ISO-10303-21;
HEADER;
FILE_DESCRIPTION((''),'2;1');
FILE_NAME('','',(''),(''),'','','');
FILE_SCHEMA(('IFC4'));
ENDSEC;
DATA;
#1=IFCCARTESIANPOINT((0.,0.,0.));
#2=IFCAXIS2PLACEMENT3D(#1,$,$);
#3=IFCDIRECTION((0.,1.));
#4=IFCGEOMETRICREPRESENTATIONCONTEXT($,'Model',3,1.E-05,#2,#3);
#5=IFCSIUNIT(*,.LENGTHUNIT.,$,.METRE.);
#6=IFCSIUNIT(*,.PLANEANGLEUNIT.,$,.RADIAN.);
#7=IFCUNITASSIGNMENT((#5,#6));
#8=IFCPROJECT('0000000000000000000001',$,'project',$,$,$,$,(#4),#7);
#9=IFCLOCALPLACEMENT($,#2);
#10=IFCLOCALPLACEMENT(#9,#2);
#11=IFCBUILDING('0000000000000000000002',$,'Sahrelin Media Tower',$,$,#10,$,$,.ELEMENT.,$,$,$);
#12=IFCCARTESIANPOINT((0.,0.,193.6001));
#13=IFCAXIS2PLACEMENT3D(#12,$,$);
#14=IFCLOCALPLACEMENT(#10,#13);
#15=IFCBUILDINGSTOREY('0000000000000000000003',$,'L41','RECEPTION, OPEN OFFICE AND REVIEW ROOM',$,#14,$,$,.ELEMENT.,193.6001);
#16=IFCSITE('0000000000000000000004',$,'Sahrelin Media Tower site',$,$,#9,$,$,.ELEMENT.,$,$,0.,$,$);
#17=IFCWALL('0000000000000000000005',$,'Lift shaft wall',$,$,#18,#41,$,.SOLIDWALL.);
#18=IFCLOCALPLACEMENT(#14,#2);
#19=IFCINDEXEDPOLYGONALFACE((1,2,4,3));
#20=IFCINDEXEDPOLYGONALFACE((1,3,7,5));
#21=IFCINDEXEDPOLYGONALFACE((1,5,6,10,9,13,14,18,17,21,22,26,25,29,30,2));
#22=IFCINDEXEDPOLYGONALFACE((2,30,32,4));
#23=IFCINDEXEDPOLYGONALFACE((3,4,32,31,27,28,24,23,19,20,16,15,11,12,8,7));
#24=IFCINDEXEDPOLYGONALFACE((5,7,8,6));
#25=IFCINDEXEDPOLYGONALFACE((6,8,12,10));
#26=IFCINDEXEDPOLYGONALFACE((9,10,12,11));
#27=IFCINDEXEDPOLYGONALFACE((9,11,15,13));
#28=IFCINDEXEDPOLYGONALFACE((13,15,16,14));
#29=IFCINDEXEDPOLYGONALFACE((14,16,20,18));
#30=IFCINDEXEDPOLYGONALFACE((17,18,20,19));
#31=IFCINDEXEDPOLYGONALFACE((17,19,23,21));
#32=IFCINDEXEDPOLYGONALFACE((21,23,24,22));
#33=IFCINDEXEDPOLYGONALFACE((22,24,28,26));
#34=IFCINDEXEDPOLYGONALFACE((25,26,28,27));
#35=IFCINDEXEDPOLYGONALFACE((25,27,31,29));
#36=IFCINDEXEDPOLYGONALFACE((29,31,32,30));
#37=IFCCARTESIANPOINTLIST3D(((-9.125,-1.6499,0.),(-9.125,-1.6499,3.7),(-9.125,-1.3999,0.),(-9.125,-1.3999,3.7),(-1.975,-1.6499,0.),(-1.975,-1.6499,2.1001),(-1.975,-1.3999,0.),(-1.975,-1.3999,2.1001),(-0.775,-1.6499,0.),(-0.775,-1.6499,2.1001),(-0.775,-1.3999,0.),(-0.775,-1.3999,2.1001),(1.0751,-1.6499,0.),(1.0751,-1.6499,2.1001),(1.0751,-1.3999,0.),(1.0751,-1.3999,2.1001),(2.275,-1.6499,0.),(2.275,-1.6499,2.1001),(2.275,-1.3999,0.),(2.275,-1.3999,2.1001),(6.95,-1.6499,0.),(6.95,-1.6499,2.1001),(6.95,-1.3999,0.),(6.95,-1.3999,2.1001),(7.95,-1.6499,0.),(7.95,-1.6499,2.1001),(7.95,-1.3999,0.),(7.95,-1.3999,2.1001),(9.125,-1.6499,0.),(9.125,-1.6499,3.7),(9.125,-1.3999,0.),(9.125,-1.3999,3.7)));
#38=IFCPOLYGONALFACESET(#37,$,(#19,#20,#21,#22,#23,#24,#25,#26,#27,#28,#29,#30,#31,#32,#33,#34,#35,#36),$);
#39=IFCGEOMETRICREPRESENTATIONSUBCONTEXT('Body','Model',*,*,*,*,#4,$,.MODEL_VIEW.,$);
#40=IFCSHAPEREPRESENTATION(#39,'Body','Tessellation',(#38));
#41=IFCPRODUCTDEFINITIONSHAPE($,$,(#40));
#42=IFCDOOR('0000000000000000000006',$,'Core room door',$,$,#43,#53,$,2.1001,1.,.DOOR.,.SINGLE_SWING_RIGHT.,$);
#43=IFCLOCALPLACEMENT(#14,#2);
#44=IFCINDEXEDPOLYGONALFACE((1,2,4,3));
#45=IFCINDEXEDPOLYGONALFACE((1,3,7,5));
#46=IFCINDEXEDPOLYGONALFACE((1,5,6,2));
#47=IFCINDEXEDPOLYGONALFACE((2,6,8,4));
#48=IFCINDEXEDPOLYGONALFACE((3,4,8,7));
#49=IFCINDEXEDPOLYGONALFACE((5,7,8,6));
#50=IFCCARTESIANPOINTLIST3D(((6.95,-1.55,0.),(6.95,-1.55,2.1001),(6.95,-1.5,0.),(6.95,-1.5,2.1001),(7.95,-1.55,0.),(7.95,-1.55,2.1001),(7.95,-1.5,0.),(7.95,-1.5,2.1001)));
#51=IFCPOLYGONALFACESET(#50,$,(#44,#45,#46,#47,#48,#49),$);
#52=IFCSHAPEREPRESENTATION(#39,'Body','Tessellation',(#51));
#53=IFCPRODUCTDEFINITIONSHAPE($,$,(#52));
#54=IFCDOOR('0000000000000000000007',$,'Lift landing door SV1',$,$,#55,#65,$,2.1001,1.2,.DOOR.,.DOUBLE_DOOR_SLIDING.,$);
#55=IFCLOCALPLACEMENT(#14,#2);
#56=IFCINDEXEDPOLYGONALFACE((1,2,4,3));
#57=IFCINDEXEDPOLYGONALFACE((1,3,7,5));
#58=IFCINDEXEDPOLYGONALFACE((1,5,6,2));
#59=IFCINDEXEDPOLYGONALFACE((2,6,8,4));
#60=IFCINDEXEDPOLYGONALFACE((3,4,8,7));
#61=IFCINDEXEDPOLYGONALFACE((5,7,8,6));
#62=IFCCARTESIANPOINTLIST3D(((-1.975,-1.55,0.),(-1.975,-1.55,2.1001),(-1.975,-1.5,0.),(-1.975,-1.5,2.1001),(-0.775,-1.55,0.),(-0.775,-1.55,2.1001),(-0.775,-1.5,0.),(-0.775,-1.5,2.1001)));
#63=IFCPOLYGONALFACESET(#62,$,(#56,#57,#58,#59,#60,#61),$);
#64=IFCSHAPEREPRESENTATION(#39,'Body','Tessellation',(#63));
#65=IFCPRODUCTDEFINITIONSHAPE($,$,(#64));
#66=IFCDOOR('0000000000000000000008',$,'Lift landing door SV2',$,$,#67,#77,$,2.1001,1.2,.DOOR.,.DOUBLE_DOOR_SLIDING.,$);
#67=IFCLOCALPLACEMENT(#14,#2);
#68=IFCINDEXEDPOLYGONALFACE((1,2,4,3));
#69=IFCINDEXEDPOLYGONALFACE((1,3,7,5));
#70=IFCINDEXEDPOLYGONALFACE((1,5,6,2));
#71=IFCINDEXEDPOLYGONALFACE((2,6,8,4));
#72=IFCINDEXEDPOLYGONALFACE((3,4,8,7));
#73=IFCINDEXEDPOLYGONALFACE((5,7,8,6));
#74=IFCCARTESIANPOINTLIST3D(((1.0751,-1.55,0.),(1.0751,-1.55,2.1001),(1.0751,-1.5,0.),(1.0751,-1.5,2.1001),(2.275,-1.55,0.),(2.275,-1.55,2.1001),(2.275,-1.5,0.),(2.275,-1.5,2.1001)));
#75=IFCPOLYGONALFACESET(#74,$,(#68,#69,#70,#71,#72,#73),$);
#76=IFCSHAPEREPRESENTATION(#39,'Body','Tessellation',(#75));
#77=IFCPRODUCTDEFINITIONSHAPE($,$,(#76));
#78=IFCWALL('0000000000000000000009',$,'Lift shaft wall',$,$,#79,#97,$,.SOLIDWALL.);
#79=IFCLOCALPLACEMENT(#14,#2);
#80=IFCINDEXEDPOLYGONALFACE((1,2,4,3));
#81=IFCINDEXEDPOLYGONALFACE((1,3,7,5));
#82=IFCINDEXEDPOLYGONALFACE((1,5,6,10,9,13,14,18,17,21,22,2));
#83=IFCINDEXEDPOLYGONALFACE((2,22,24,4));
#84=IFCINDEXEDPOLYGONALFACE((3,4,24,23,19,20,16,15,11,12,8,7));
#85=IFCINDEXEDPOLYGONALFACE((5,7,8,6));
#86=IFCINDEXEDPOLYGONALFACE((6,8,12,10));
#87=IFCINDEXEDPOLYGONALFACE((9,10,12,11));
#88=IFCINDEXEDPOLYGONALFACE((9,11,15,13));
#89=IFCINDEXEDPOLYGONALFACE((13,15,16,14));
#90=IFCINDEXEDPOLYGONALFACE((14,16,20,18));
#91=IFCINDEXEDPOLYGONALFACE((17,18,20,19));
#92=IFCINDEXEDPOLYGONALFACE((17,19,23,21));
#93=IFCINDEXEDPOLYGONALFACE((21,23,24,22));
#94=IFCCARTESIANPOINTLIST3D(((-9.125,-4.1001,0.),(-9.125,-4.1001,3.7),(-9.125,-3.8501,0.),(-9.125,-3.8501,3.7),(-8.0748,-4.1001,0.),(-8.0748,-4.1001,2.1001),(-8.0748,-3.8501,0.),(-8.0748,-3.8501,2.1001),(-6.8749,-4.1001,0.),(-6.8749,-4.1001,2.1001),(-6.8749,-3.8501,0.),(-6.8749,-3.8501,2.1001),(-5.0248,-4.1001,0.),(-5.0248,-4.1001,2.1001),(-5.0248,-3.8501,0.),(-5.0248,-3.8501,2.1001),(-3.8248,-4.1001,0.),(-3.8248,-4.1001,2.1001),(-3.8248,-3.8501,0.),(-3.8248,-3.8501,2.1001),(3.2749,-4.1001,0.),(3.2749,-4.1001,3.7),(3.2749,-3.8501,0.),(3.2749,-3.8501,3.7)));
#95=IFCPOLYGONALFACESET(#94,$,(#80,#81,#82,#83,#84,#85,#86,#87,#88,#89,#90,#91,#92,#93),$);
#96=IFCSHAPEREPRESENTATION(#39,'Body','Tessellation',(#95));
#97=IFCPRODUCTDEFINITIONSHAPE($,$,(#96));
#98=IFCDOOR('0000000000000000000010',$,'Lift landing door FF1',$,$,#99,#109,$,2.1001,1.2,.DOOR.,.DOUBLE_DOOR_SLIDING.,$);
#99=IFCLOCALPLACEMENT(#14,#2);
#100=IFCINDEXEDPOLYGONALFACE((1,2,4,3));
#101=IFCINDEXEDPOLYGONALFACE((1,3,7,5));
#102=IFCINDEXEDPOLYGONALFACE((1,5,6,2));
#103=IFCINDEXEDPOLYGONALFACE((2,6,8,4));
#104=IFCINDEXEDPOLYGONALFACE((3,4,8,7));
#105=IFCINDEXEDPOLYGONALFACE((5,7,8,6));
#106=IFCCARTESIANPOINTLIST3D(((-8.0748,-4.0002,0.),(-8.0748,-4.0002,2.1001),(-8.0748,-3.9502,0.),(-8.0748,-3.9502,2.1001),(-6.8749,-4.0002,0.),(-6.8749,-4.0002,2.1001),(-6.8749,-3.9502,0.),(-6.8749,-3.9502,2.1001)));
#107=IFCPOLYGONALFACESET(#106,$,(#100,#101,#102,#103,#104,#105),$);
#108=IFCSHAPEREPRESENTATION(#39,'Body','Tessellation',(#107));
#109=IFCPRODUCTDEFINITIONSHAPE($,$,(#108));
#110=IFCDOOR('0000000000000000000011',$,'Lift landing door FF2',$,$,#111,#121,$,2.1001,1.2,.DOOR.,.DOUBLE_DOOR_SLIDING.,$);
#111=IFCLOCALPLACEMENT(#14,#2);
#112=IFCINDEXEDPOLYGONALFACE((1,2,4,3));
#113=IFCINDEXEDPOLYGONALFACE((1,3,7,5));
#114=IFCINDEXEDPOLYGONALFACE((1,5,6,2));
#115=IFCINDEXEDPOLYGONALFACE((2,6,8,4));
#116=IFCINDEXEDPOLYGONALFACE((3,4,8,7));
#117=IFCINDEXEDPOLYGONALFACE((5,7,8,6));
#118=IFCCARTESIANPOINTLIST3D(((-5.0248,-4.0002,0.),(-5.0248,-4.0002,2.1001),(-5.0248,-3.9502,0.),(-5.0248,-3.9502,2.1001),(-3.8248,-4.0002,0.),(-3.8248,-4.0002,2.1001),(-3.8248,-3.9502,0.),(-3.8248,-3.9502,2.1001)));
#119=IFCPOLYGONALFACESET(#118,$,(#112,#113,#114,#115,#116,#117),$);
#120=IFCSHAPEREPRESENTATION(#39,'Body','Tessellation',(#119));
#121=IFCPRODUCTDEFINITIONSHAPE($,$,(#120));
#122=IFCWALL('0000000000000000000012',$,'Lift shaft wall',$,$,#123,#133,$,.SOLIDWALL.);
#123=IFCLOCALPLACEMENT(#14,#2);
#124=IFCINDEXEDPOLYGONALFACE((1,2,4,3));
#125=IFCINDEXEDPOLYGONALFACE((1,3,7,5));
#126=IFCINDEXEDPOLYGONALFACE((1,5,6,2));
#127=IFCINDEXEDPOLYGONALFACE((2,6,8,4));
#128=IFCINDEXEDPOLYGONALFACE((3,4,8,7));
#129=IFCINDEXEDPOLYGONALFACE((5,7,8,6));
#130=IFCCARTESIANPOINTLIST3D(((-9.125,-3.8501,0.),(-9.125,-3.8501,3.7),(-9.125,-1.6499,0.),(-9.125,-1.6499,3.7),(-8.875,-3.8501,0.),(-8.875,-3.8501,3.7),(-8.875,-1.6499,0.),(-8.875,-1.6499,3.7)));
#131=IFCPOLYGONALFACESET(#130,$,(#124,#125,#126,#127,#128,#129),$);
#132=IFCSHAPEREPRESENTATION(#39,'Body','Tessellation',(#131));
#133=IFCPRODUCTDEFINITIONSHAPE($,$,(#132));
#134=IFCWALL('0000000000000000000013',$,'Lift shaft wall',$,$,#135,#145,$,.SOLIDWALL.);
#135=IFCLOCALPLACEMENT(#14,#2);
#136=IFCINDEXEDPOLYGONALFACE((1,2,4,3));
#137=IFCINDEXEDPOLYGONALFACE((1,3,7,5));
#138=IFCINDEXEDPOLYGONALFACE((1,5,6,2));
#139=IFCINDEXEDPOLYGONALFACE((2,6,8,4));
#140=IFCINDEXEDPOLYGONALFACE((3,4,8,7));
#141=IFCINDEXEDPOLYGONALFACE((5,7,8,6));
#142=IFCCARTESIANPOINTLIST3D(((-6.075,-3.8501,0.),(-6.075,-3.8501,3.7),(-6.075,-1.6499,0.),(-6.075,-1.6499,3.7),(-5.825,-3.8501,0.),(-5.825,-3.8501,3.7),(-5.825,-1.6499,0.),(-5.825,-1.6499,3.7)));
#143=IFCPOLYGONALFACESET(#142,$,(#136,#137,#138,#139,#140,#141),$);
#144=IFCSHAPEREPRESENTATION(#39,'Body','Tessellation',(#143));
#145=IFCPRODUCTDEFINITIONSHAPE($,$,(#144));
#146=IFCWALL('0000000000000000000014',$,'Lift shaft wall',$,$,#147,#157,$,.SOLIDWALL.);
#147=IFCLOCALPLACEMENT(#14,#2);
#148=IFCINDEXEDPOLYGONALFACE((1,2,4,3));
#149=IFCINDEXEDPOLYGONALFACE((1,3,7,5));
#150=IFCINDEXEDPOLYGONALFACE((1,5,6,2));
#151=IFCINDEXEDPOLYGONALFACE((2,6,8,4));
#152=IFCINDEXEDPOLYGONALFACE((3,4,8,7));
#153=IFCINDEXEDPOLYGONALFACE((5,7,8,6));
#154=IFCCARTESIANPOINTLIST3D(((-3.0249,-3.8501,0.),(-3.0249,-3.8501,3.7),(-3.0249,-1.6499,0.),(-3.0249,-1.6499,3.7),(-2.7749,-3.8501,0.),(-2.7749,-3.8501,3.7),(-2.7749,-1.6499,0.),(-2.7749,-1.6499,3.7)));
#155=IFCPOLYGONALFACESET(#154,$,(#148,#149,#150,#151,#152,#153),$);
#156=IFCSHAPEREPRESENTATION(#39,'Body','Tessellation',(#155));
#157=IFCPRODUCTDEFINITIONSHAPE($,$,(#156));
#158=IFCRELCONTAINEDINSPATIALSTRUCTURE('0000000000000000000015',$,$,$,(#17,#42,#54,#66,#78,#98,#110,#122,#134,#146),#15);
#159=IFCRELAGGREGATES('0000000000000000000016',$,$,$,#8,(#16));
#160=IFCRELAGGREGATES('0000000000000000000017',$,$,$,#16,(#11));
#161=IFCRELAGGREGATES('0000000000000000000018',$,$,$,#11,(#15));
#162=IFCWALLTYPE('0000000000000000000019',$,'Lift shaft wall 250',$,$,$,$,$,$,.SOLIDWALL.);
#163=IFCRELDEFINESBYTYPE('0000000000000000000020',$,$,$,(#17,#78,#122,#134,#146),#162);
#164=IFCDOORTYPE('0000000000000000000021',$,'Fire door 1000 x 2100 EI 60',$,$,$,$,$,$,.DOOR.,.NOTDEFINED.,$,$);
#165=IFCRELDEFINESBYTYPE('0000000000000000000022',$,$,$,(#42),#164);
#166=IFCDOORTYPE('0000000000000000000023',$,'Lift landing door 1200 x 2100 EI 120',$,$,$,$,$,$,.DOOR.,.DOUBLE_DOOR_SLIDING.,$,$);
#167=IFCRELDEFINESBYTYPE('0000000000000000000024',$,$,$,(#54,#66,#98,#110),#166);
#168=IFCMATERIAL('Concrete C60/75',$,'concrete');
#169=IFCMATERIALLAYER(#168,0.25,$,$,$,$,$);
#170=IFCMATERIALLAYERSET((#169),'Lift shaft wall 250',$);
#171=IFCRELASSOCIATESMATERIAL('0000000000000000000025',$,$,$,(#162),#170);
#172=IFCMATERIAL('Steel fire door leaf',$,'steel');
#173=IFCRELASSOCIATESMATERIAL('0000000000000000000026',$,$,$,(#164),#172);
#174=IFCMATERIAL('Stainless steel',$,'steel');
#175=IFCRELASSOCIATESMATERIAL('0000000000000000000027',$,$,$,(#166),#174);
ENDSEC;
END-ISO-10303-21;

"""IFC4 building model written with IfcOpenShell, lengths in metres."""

from ifc_helpers import new_model, si_unit, direction, frame, frame_2d, origin, place, context, subcontext, project, spatial, rectangle, extrude, material, layer, layer_set, type_object, element, fill, save


model = new_model("IFC4")

# Units and contexts
model_context = context("Model", 3, precision=1e-05, world=origin(), true_north=direction((0.0, 1.0)))
body_context = subcontext(model_context, "Body", "Model", "MODEL_VIEW")
ifc_project = project(units=[si_unit("LENGTHUNIT", "METRE"), si_unit("PLANEANGLEUNIT", "RADIAN")], contexts=[model_context])

# Site, building, storey
site_placement = place(None, origin())
site = spatial("IfcSite", under=ifc_project, at=site_placement, Name="Sahrelin Media Tower site", CompositionType="ELEMENT", RefElevation=0.0)
building_placement = place(site_placement, origin())
building = spatial("IfcBuilding", under=site, at=building_placement, Name="Sahrelin Media Tower", CompositionType="ELEMENT")
storey_placement = place(building_placement, frame((0.0, 0.0, 193.6001)))
storey = spatial("IfcBuildingStorey", under=building, at=storey_placement, Name="L41", Description="RECEPTION, OPEN OFFICE AND REVIEW ROOM", CompositionType="ELEMENT", Elevation=193.6001)

# Shared definitions
ifc_material_1 = material(Name="Steel fire door leaf", Category="steel")

# Walls, openings, doors
ifc_material_2 = material(Name="Concrete C60/75", Category="concrete")
ifc_layer_1 = layer(ifc_material_2, 0.25)
ifc_layer_set_1 = layer_set([ifc_layer_1], Name="Lift shaft wall 250")
wall_type_1 = type_object("IfcWallType", Name="Lift shaft wall 250", PredefinedType="SOLIDWALL", material=ifc_layer_set_1)
wall_1_placement = place(storey_placement, frame((-9.125, -1.5249, 0.0), z_axis=(0.0, 0.0, 1.0), x_axis=(1.0, 0.0, 0.0)))
wall_1 = element("IfcWall", 1, at=wall_1_placement, inside=storey, type_object=wall_type_1, Name="Lift shaft wall", PredefinedType="SOLIDWALL", context=body_context, shape_type="SweptSolid", body=[
    extrude(rectangle(XDim=18.25, YDim=0.25, at=frame_2d((9.125, 0.0))), origin(), (0.0, 0.0, 1.0), 3.7),
])
opening_1_placement = place(wall_1_placement, frame((7.1499, 0.0, 0.0)))
opening_1 = element("IfcOpeningElement", 2, at=opening_1_placement, cuts=wall_1, PredefinedType="OPENING", context=body_context, shape_type="SweptSolid", body=[
    extrude(rectangle(XDim=1.2, YDim=2.1001, at=frame_2d((0.6001, 1.05))), frame((0.0, 0.125, 0.0), z_axis=(0.0, -1.0, 0.0), x_axis=(1.0, 0.0, 0.0)), (0.0, 0.0, 1.0), 0.25),
])
opening_2_placement = place(wall_1_placement, frame((10.2, 0.0, 0.0)))
opening_2 = element("IfcOpeningElement", 3, at=opening_2_placement, cuts=wall_1, PredefinedType="OPENING", context=body_context, shape_type="SweptSolid", body=[
    extrude(rectangle(XDim=1.2, YDim=2.1001, at=frame_2d((0.6001, 1.05))), frame((0.0, 0.125, 0.0), z_axis=(0.0, -1.0, 0.0), x_axis=(1.0, 0.0, 0.0)), (0.0, 0.0, 1.0), 0.25),
])
opening_3_placement = place(wall_1_placement, frame((16.075, 0.0, 0.0)))
opening_3 = element("IfcOpeningElement", 4, at=opening_3_placement, cuts=wall_1, PredefinedType="OPENING", context=body_context, shape_type="SweptSolid", body=[
    extrude(rectangle(XDim=1.0, YDim=2.1001, at=frame_2d((0.5, 1.05))), frame((0.0, 0.125, 0.0), z_axis=(0.0, -1.0, 0.0), x_axis=(1.0, 0.0, 0.0)), (0.0, 0.0, 1.0), 0.25),
])
door_type_1 = type_object("IfcDoorType", Name="Fire door 1000 x 2100 EI 60", OperationType="NOTDEFINED", PredefinedType="DOOR", material=ifc_material_1)
door_1_placement = place(opening_3_placement, origin())
door_1 = element("IfcDoor", 5, at=door_1_placement, inside=storey, type_object=door_type_1, Name="Core room door", OperationType="SINGLE_SWING_RIGHT", OverallHeight=2.1001, OverallWidth=1.0, PredefinedType="DOOR", context=body_context, shape_type="SweptSolid", body=[
    extrude(rectangle(XDim=1.0, YDim=2.1001, at=frame_2d((0.5, 1.05))), frame((0.0, 0.0249, 0.0), z_axis=(0.0, -1.0, 0.0), x_axis=(1.0, 0.0, 0.0)), (0.0, 0.0, 1.0), 0.05),
])
fill(opening_3, door_1)
ifc_material_3 = material(Name="Stainless steel", Category="steel")
door_type_2 = type_object("IfcDoorType", Name="Lift landing door 1200 x 2100 EI 120", OperationType="DOUBLE_DOOR_SLIDING", PredefinedType="DOOR", material=ifc_material_3)
door_2_placement = place(opening_1_placement, origin())
door_2 = element("IfcDoor", 6, at=door_2_placement, inside=storey, type_object=door_type_2, Name="Lift landing door SV1", OperationType="DOUBLE_DOOR_SLIDING", OverallHeight=2.1001, OverallWidth=1.2, PredefinedType="DOOR", context=body_context, shape_type="SweptSolid", body=[
    extrude(rectangle(XDim=1.2, YDim=2.1001, at=frame_2d((0.6001, 1.05))), frame((0.0, 0.0249, 0.0), z_axis=(0.0, -1.0, 0.0), x_axis=(1.0, 0.0, 0.0)), (0.0, 0.0, 1.0), 0.05),
])
fill(opening_1, door_2)
door_3_placement = place(opening_2_placement, origin())
door_3 = element("IfcDoor", 7, at=door_3_placement, inside=storey, type_object=door_type_2, Name="Lift landing door SV2", OperationType="DOUBLE_DOOR_SLIDING", OverallHeight=2.1001, OverallWidth=1.2, PredefinedType="DOOR", context=body_context, shape_type="SweptSolid", body=[
    extrude(rectangle(XDim=1.2, YDim=2.1001, at=frame_2d((0.6001, 1.05))), frame((0.0, 0.0249, 0.0), z_axis=(0.0, -1.0, 0.0), x_axis=(1.0, 0.0, 0.0)), (0.0, 0.0, 1.0), 0.05),
])
fill(opening_2, door_3)
wall_2_placement = place(storey_placement, frame((-9.125, -3.9751, 0.0), z_axis=(0.0, 0.0, 1.0), x_axis=(1.0, 0.0, 0.0)))
wall_2 = element("IfcWall", 8, at=wall_2_placement, inside=storey, type_object=wall_type_1, Name="Lift shaft wall", PredefinedType="SOLIDWALL", context=body_context, shape_type="SweptSolid", body=[
    extrude(rectangle(XDim=12.3999, YDim=0.25, at=frame_2d((6.2, 0.0))), origin(), (0.0, 0.0, 1.0), 3.7),
])
opening_4_placement = place(wall_2_placement, frame((1.05, 0.0, 0.0)))
opening_4 = element("IfcOpeningElement", 9, at=opening_4_placement, cuts=wall_2, PredefinedType="OPENING", context=body_context, shape_type="SweptSolid", body=[
    extrude(rectangle(XDim=1.2, YDim=2.1001, at=frame_2d((0.6001, 1.05))), frame((0.0, 0.125, 0.0), z_axis=(0.0, -1.0, 0.0), x_axis=(1.0, 0.0, 0.0)), (0.0, 0.0, 1.0), 0.25),
])
opening_5_placement = place(wall_2_placement, frame((4.1001, 0.0, 0.0)))
opening_5 = element("IfcOpeningElement", 10, at=opening_5_placement, cuts=wall_2, PredefinedType="OPENING", context=body_context, shape_type="SweptSolid", body=[
    extrude(rectangle(XDim=1.2, YDim=2.1001, at=frame_2d((0.6001, 1.05))), frame((0.0, 0.125, 0.0), z_axis=(0.0, -1.0, 0.0), x_axis=(1.0, 0.0, 0.0)), (0.0, 0.0, 1.0), 0.25),
])
door_4_placement = place(opening_4_placement, origin())
door_4 = element("IfcDoor", 11, at=door_4_placement, inside=storey, type_object=door_type_2, Name="Lift landing door FF1", OperationType="DOUBLE_DOOR_SLIDING", OverallHeight=2.1001, OverallWidth=1.2, PredefinedType="DOOR", context=body_context, shape_type="SweptSolid", body=[
    extrude(rectangle(XDim=1.2, YDim=2.1001, at=frame_2d((0.6001, 1.05))), frame((0.0, 0.0249, 0.0), z_axis=(0.0, -1.0, 0.0), x_axis=(1.0, 0.0, 0.0)), (0.0, 0.0, 1.0), 0.05),
])
fill(opening_4, door_4)
door_5_placement = place(opening_5_placement, origin())
door_5 = element("IfcDoor", 12, at=door_5_placement, inside=storey, type_object=door_type_2, Name="Lift landing door FF2", OperationType="DOUBLE_DOOR_SLIDING", OverallHeight=2.1001, OverallWidth=1.2, PredefinedType="DOOR", context=body_context, shape_type="SweptSolid", body=[
    extrude(rectangle(XDim=1.2, YDim=2.1001, at=frame_2d((0.6001, 1.05))), frame((0.0, 0.0249, 0.0), z_axis=(0.0, -1.0, 0.0), x_axis=(1.0, 0.0, 0.0)), (0.0, 0.0, 1.0), 0.05),
])
fill(opening_5, door_5)

# Walls
for number, where, z_axis, x_axis, name in (
    (13, (-9.0, -3.8501, 0.0), (0.0, 0.0, 1.0), (0.0, 1.0, 0.0), "Lift shaft wall"),
    (14, (-5.95, -3.8501, 0.0), (0.0, 0.0, 1.0), (0.0, 1.0, 0.0), "Lift shaft wall"),
    (15, (-2.8999, -3.8501, 0.0), (0.0, 0.0, 1.0), (0.0, 1.0, 0.0), "Lift shaft wall"),
):
    element("IfcWall", number, at=place(storey_placement, frame(where, z_axis=z_axis, x_axis=x_axis)), inside=storey, type_object=wall_type_1, Name=name, PredefinedType="SOLIDWALL", context=body_context, shape_type="SweptSolid", body=[
        extrude(rectangle(XDim=2.2002, YDim=0.25, at=frame_2d((1.1001, 0.0))), origin(), (0.0, 0.0, 1.0), 3.7),
    ])

save(model, "model.ifc")
